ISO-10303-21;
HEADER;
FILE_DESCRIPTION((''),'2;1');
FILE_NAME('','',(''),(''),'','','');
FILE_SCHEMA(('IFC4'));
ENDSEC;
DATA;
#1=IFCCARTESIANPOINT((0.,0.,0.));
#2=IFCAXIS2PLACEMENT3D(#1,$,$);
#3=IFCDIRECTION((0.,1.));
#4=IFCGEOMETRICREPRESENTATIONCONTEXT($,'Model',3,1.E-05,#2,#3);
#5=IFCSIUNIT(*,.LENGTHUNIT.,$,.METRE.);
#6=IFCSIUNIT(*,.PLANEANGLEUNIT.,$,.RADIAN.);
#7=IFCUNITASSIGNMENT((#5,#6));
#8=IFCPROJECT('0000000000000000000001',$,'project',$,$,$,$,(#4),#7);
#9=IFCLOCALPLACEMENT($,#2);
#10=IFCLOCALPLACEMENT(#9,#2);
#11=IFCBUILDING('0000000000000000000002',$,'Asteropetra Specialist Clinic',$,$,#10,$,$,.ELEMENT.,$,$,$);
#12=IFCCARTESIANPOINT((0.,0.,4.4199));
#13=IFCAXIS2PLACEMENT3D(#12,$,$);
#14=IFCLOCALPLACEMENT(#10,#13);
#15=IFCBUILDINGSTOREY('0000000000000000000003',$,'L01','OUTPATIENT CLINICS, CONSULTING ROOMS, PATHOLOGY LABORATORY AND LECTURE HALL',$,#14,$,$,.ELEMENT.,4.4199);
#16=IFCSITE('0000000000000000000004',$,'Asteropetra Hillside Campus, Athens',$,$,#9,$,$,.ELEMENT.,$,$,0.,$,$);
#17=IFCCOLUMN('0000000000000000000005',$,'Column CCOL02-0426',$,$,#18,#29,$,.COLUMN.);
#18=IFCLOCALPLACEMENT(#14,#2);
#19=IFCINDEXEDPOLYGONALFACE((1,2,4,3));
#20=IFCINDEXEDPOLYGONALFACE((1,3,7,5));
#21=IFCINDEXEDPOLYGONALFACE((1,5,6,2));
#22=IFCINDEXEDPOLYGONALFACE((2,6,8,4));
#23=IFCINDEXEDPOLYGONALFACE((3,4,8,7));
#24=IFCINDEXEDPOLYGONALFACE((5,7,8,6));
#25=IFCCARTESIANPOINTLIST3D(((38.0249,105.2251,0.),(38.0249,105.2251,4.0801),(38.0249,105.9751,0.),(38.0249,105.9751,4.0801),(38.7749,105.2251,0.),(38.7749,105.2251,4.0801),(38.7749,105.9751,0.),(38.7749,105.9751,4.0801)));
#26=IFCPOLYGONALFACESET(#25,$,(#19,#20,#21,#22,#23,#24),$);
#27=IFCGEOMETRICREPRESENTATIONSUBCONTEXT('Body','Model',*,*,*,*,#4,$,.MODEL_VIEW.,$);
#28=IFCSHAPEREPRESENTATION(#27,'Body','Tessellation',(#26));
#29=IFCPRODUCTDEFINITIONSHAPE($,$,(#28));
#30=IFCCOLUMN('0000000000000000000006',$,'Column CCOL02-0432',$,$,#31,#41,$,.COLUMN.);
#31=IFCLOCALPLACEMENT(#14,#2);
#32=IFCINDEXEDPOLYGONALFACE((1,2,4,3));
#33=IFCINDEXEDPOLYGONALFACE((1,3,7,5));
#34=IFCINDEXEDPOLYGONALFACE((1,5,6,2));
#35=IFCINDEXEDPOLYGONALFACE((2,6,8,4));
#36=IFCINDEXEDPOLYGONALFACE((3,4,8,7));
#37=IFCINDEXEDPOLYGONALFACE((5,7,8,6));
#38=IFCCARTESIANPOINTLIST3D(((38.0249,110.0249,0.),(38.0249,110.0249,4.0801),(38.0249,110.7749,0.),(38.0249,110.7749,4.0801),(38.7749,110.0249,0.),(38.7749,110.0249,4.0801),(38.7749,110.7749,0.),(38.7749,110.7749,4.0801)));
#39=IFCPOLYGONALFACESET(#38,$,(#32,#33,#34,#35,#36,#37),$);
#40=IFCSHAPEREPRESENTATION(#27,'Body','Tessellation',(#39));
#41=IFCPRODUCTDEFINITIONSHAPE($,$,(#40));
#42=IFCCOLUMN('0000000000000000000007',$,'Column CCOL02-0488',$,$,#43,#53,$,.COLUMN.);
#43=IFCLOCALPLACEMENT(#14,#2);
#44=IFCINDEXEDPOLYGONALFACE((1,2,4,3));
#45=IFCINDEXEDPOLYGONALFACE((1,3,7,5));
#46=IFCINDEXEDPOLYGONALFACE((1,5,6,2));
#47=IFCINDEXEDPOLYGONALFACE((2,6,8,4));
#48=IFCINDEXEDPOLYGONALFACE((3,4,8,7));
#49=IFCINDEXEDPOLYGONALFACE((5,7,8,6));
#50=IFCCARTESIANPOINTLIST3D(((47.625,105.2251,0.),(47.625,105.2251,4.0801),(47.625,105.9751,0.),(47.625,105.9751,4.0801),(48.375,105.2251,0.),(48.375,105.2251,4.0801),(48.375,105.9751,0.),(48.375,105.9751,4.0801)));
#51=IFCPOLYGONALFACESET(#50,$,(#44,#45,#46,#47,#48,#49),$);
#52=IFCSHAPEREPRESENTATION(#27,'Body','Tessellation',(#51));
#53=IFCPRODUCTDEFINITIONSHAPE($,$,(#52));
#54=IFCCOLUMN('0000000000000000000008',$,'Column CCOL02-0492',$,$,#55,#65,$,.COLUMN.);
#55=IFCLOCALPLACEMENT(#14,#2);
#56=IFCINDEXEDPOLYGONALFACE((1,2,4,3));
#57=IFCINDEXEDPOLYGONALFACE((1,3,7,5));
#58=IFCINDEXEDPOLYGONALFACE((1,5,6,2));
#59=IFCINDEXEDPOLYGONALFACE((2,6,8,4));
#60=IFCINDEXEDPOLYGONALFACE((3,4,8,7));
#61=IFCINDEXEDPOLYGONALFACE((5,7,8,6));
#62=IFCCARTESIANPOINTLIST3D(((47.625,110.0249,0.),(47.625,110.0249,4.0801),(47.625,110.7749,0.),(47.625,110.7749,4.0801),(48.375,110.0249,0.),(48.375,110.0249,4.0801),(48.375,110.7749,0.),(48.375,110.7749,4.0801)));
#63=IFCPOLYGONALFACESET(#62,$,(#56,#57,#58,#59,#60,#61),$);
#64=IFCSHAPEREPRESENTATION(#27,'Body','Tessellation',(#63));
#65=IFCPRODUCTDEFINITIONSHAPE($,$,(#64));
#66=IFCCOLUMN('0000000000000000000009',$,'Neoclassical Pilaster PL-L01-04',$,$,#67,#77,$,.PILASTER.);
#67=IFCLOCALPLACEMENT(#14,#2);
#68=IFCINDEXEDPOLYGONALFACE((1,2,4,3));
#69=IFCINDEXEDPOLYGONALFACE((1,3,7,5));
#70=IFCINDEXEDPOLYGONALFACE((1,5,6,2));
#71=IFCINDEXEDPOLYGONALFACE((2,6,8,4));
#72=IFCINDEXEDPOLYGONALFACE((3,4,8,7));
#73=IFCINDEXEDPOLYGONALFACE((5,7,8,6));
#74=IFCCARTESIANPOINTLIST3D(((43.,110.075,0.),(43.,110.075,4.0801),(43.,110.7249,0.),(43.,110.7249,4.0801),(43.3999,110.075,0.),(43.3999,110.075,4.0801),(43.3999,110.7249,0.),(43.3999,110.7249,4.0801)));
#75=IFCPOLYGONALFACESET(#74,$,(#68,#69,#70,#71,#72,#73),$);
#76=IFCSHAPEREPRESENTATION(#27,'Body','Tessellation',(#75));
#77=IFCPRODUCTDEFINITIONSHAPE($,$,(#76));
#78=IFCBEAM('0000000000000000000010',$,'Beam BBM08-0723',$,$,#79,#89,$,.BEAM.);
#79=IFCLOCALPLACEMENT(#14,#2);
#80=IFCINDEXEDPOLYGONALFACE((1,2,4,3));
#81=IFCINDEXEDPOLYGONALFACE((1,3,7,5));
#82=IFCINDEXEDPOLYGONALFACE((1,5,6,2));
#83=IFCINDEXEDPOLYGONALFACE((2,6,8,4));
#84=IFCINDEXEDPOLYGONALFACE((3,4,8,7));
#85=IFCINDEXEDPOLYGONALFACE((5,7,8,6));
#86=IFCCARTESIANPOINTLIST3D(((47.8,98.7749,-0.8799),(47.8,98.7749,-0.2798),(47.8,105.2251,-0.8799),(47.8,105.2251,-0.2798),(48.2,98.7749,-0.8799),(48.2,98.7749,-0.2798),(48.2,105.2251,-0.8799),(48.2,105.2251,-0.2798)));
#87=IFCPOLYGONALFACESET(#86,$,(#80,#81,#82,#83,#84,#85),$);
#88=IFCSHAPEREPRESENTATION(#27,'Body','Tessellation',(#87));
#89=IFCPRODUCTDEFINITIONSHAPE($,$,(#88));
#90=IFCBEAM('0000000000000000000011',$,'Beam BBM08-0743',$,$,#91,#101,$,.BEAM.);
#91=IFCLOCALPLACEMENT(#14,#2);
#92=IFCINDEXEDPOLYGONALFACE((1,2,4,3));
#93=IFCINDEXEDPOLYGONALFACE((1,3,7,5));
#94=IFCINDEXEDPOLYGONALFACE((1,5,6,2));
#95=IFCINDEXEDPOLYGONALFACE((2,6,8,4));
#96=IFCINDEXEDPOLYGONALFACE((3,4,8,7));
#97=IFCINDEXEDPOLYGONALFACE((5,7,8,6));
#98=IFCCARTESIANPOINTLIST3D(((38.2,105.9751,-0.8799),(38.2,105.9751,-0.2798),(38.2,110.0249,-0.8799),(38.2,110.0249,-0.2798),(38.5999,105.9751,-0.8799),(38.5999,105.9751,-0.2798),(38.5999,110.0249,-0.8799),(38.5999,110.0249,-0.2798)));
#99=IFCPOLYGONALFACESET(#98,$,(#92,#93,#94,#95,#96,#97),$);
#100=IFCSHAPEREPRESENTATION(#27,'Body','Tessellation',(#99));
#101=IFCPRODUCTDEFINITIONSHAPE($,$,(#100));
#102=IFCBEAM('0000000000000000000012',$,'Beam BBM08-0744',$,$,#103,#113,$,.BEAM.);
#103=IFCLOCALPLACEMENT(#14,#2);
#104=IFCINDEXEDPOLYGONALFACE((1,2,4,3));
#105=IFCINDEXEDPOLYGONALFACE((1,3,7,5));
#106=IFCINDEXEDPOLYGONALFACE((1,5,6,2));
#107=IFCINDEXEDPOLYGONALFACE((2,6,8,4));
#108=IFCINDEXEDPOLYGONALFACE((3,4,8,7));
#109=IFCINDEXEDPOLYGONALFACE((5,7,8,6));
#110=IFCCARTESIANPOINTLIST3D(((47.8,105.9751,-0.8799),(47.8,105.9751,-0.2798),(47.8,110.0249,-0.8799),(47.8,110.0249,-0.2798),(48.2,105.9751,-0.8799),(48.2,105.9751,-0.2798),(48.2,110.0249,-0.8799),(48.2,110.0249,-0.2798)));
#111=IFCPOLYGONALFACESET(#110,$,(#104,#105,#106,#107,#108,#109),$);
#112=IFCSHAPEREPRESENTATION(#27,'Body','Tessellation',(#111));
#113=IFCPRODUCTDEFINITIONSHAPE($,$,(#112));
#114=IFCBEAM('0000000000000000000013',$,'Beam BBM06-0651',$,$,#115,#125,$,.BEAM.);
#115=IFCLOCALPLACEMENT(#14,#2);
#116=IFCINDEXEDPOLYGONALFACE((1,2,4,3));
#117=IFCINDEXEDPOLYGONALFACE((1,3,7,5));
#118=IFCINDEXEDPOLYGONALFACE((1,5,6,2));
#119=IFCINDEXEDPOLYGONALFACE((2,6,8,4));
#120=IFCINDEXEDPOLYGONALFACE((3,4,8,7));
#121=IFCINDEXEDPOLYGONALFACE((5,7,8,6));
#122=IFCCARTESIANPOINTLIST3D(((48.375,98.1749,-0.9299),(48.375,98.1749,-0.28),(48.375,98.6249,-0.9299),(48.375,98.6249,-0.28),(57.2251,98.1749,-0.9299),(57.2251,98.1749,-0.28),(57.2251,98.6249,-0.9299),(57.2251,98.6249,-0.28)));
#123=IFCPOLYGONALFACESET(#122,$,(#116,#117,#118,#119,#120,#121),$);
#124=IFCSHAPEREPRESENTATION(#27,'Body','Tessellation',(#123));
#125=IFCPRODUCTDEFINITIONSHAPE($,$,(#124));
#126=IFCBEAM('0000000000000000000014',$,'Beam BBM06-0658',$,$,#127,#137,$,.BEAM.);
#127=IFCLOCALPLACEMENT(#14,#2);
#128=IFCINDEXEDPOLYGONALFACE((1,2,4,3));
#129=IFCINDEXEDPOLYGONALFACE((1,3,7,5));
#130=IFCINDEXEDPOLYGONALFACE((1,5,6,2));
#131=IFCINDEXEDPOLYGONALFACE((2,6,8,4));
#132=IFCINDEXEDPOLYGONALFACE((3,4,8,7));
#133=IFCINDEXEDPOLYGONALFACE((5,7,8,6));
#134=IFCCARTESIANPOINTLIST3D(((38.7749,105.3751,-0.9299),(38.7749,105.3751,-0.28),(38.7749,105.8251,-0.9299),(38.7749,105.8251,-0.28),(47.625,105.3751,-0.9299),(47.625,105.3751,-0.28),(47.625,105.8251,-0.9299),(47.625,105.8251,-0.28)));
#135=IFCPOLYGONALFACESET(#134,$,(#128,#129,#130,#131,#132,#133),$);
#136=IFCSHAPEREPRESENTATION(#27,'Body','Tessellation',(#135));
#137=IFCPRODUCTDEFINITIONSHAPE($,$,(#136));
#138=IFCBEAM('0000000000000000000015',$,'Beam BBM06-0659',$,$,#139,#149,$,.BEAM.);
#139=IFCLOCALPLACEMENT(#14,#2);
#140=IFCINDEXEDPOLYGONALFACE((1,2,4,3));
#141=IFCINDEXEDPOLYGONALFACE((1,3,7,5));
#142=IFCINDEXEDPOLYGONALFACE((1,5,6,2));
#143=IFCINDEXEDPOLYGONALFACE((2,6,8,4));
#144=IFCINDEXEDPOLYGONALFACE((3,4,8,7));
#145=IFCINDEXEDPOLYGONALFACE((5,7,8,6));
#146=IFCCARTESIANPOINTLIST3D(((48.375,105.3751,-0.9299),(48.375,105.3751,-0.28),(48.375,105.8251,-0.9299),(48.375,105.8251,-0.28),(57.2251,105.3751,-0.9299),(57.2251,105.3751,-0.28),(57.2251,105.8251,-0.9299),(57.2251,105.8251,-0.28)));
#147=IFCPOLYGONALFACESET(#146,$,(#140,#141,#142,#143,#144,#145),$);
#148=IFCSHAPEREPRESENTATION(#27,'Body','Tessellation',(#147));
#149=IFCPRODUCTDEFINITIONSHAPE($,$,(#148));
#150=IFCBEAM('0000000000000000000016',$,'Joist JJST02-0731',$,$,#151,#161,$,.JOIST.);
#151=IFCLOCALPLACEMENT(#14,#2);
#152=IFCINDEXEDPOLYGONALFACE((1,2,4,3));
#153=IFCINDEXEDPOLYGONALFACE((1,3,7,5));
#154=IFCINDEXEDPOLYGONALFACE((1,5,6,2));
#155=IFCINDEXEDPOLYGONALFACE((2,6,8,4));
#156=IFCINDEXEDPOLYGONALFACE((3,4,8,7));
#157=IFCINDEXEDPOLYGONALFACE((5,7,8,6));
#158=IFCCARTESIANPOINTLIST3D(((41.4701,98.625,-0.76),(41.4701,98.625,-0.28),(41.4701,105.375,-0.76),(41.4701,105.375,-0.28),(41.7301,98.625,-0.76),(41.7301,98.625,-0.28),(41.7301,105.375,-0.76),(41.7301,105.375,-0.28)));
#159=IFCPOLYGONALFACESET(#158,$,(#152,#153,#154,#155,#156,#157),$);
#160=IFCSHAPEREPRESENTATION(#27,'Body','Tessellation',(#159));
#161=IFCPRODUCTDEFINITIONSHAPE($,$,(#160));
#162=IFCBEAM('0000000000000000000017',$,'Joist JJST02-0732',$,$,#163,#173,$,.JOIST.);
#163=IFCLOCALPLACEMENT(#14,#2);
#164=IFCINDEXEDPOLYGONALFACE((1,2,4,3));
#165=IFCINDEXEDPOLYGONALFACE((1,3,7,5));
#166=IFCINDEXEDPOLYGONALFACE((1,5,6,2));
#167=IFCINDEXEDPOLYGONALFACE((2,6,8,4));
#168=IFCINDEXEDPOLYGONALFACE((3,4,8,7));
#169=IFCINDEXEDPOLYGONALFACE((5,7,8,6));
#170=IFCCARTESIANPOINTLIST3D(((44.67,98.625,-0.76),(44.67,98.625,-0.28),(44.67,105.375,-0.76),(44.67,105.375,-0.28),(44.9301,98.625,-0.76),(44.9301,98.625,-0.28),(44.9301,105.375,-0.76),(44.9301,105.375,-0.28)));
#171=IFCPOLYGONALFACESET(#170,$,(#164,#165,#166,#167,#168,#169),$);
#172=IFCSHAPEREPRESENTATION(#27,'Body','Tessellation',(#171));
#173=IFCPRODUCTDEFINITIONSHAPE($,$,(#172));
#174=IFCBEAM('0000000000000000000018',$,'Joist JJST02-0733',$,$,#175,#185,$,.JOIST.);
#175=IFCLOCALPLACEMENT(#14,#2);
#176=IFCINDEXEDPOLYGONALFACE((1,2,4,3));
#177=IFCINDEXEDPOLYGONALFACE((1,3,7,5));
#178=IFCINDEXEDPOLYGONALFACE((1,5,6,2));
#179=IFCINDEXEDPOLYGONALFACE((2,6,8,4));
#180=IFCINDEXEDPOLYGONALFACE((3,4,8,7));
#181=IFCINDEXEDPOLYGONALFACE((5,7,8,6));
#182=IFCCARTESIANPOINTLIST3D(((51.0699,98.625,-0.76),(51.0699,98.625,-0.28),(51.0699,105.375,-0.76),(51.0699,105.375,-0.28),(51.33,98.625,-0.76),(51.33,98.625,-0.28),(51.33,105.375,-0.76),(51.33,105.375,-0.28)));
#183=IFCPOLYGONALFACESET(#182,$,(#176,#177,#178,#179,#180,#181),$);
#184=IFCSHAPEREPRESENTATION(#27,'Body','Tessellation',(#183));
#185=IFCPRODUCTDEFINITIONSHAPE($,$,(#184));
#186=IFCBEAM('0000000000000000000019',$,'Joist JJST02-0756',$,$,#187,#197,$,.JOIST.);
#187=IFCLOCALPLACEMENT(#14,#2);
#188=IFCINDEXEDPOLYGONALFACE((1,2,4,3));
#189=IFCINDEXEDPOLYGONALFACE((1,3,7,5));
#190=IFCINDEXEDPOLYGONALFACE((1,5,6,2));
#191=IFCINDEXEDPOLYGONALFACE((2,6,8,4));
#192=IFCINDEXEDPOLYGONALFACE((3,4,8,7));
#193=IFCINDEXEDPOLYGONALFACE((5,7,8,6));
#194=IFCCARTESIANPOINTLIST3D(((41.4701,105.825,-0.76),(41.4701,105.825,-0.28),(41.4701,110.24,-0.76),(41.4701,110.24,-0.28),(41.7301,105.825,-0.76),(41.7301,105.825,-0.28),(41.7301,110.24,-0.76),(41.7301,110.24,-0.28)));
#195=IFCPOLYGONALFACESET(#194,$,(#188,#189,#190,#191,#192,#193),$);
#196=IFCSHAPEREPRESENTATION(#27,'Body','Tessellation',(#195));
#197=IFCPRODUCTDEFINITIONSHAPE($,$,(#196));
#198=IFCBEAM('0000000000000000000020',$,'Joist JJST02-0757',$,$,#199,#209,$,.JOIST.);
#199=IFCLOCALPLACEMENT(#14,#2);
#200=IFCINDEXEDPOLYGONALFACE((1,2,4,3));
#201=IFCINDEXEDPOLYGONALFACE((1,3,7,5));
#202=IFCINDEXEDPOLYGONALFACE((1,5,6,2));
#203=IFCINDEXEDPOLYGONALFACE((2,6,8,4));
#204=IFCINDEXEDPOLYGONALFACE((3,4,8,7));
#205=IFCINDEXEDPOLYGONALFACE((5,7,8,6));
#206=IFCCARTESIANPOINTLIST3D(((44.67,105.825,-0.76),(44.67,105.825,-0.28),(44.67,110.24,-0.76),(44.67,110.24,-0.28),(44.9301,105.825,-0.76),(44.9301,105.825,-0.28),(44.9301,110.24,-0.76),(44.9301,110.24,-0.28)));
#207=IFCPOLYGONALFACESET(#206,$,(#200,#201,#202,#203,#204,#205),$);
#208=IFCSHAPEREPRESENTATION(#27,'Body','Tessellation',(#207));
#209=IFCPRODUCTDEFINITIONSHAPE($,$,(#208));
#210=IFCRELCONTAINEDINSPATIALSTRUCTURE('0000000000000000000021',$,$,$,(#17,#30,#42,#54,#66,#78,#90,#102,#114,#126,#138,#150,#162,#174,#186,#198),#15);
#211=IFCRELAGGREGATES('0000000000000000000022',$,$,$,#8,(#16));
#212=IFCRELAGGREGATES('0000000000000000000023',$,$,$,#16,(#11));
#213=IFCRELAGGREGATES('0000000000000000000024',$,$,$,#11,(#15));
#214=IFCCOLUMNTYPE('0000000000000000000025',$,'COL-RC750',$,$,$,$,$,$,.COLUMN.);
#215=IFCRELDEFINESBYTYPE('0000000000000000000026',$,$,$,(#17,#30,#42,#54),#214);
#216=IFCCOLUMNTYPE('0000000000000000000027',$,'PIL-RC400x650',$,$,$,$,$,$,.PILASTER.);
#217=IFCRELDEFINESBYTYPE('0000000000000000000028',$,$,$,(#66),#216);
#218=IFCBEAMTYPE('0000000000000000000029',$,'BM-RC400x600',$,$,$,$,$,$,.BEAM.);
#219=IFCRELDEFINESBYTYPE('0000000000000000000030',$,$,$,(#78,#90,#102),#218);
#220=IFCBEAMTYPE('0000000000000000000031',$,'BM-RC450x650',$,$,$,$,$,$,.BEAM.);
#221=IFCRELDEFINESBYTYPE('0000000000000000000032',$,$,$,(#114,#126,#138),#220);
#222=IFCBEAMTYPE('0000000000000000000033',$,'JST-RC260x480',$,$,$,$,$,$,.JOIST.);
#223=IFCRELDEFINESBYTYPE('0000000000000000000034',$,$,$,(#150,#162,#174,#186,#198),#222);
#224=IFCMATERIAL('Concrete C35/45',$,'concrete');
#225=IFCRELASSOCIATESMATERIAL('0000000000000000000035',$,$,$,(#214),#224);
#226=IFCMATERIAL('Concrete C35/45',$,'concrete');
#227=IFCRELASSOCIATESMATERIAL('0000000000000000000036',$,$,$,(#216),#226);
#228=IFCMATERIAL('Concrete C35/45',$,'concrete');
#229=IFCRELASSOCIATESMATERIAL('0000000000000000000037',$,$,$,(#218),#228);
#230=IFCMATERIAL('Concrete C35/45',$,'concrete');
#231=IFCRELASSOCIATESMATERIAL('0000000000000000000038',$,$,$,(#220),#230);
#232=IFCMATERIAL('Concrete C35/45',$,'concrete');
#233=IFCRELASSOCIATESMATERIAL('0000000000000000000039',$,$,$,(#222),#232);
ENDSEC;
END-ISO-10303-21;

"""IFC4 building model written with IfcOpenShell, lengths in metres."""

from ifc_helpers import new_model, si_unit, direction, frame, origin, origin_2d, place, context, subcontext, project, spatial, rectangle, extrude, material, material_profile, profile_set, type_object, element, save


model = new_model("IFC4")

# Units and contexts
model_context = context("Model", 3, precision=1e-05, world=origin(), true_north=direction((0.0, 1.0)))
body_context = subcontext(model_context, "Body", "Model", "MODEL_VIEW")
ifc_project = project(units=[si_unit("LENGTHUNIT", "METRE"), si_unit("PLANEANGLEUNIT", "RADIAN")], contexts=[model_context])

# Site, building, storey
site_placement = place(None, origin())
site = spatial("IfcSite", under=ifc_project, at=site_placement, Name="Asteropetra Hillside Campus, Athens", CompositionType="ELEMENT", RefElevation=0.0)
building_placement = place(site_placement, origin())
building = spatial("IfcBuilding", under=site, at=building_placement, Name="Asteropetra Specialist Clinic", CompositionType="ELEMENT")
storey_placement = place(building_placement, frame((0.0, 0.0, 4.4199)))
storey = spatial("IfcBuildingStorey", under=building, at=storey_placement, Name="L01", Description="OUTPATIENT CLINICS, CONSULTING ROOMS, PATHOLOGY LABORATORY AND LECTURE HALL", CompositionType="ELEMENT", Elevation=4.4199)

# Columns
ifc_material_1 = material(Name="Concrete C35/45", Category="concrete")
ifc_material_profile_1 = material_profile(ifc_material_1, rectangle(XDim=0.75, YDim=0.75, at=origin_2d()), Name="RC 750x750")
ifc_profile_set_1 = profile_set([ifc_material_profile_1], Name="Concrete C35/45")
column_type_1 = type_object("IfcColumnType", Name="COL-RC750", PredefinedType="COLUMN", material=ifc_profile_set_1)
for number, where, z_axis, x_axis, name in (
    (1, (38.3999, 105.6001, 0.0), (0.0, 0.0, 1.0), (1.0, 0.0, 0.0), "Column CCOL02-0426"),
    (2, (38.3999, 110.3999, 0.0), (0.0, 0.0, 1.0), (1.0, 0.0, 0.0), "Column CCOL02-0432"),
    (3, (48.0, 105.6001, 0.0), (0.0, 0.0, 1.0), (1.0, 0.0, 0.0), "Column CCOL02-0488"),
    (4, (48.0, 110.3999, 0.0), (0.0, 0.0, 1.0), (1.0, 0.0, 0.0), "Column CCOL02-0492"),
):
    element("IfcColumn", number, at=place(storey_placement, frame(where, z_axis=z_axis, x_axis=x_axis)), inside=storey, type_object=column_type_1, Name=name, PredefinedType="COLUMN", context=body_context, shape_type="SweptSolid", body=[
        extrude(rectangle(XDim=0.75, YDim=0.75, at=origin_2d()), origin(), (0.0, 0.0, 1.0), 4.0801),
    ])
ifc_material_2 = material(Name="Concrete C35/45", Category="concrete")
ifc_material_profile_2 = material_profile(ifc_material_2, rectangle(XDim=0.3999, YDim=0.6499, at=origin_2d()), Name="PIL 400x650")
ifc_profile_set_2 = profile_set([ifc_material_profile_2], Name="Concrete C35/45")
column_type_2 = type_object("IfcColumnType", Name="PIL-RC400x650", PredefinedType="PILASTER", material=ifc_profile_set_2)
column_placement = place(storey_placement, frame((43.2, 110.3999, 0.0), z_axis=(0.0, 0.0, 1.0), x_axis=(1.0, 0.0, 0.0)))
element("IfcColumn", 5, at=column_placement, inside=storey, type_object=column_type_2, Name="Neoclassical Pilaster PL-L01-04", PredefinedType="PILASTER", context=body_context, shape_type="SweptSolid", body=[
    extrude(rectangle(XDim=0.3999, YDim=0.6499, at=origin_2d()), origin(), (0.0, 0.0, 1.0), 4.0801),
])

# Beams
ifc_material_3 = material(Name="Concrete C35/45", Category="concrete")
ifc_material_profile_3 = material_profile(ifc_material_3, rectangle(XDim=0.3999, YDim=0.6001, at=origin_2d()), Name="RCB 400x600")
ifc_profile_set_3 = profile_set([ifc_material_profile_3], Name="Concrete C35/45")
beam_type_1 = type_object("IfcBeamType", Name="BM-RC400x600", PredefinedType="BEAM", material=ifc_profile_set_3)
beam_placement = place(storey_placement, frame((48.0, 98.7749, -0.5798), z_axis=(0.0, 1.0, 0.0), x_axis=(-1.0, 0.0, 0.0)))
element("IfcBeam", 6, at=beam_placement, inside=storey, type_object=beam_type_1, Name="Beam BBM08-0723", PredefinedType="BEAM", context=body_context, shape_type="SweptSolid", body=[
    extrude(rectangle(XDim=0.3999, YDim=0.6001, at=origin_2d()), origin(), (0.0, 0.0, 1.0), 6.4502),
])
for number, where, z_axis, x_axis, name in (
    (7, (38.3999, 105.9751, -0.5798), (0.0, 1.0, 0.0), (-1.0, 0.0, 0.0), "Beam BBM08-0743"),
    (8, (48.0, 105.9751, -0.5798), (0.0, 1.0, 0.0), (-1.0, 0.0, 0.0), "Beam BBM08-0744"),
):
    element("IfcBeam", number, at=place(storey_placement, frame(where, z_axis=z_axis, x_axis=x_axis)), inside=storey, type_object=beam_type_1, Name=name, PredefinedType="BEAM", context=body_context, shape_type="SweptSolid", body=[
        extrude(rectangle(XDim=0.3999, YDim=0.6001, at=origin_2d()), origin(), (0.0, 0.0, 1.0), 4.0498),
    ])
ifc_material_4 = material(Name="Concrete C35/45", Category="concrete")
ifc_material_profile_4 = material_profile(ifc_material_4, rectangle(XDim=0.45, YDim=0.6499, at=origin_2d()), Name="RCB 450x650")
ifc_profile_set_4 = profile_set([ifc_material_profile_4], Name="Concrete C35/45")
beam_type_2 = type_object("IfcBeamType", Name="BM-RC450x650", PredefinedType="BEAM", material=ifc_profile_set_4)
for number, where, z_axis, x_axis, name in (
    (9, (48.375, 98.3999, -0.605), (1.0, 0.0, 0.0), (0.0, 1.0, 0.0), "Beam BBM06-0651"),
    (10, (38.7749, 105.6001, -0.605), (1.0, 0.0, 0.0), (0.0, 1.0, 0.0), "Beam BBM06-0658"),
    (11, (48.375, 105.6001, -0.605), (1.0, 0.0, 0.0), (0.0, 1.0, 0.0), "Beam BBM06-0659"),
):
    element("IfcBeam", number, at=place(storey_placement, frame(where, z_axis=z_axis, x_axis=x_axis)), inside=storey, type_object=beam_type_2, Name=name, PredefinedType="BEAM", context=body_context, shape_type="SweptSolid", body=[
        extrude(rectangle(XDim=0.45, YDim=0.6499, at=origin_2d()), origin(), (0.0, 0.0, 1.0), 8.8501),
    ])
ifc_material_5 = material(Name="Concrete C35/45", Category="concrete")
ifc_material_profile_5 = material_profile(ifc_material_5, rectangle(XDim=0.26, YDim=0.48, at=origin_2d()), Name="RCJ 260x480")
ifc_profile_set_5 = profile_set([ifc_material_profile_5], Name="Concrete C35/45")
beam_type_3 = type_object("IfcBeamType", Name="JST-RC260x480", PredefinedType="JOIST", material=ifc_profile_set_5)
for number, where, z_axis, x_axis, name in (
    (12, (41.6001, 98.625, -0.52), (0.0, 1.0, 0.0), (-1.0, 0.0, 0.0), "Joist JJST02-0731"),
    (13, (44.8, 98.625, -0.52), (0.0, 1.0, 0.0), (-1.0, 0.0, 0.0), "Joist JJST02-0732"),
    (14, (51.2, 98.625, -0.52), (0.0, 1.0, 0.0), (-1.0, 0.0, 0.0), "Joist JJST02-0733"),
):
    element("IfcBeam", number, at=place(storey_placement, frame(where, z_axis=z_axis, x_axis=x_axis)), inside=storey, type_object=beam_type_3, Name=name, PredefinedType="JOIST", context=body_context, shape_type="SweptSolid", body=[
        extrude(rectangle(XDim=0.26, YDim=0.48, at=origin_2d()), origin(), (0.0, 0.0, 1.0), 6.75),
    ])
for number, where, z_axis, x_axis, name in (
    (15, (41.6001, 105.825, -0.52), (0.0, 1.0, 0.0), (-1.0, 0.0, 0.0), "Joist JJST02-0756"),
    (16, (44.8, 105.825, -0.52), (0.0, 1.0, 0.0), (-1.0, 0.0, 0.0), "Joist JJST02-0757"),
):
    element("IfcBeam", number, at=place(storey_placement, frame(where, z_axis=z_axis, x_axis=x_axis)), inside=storey, type_object=beam_type_3, Name=name, PredefinedType="JOIST", context=body_context, shape_type="SweptSolid", body=[
        extrude(rectangle(XDim=0.26, YDim=0.48, at=origin_2d()), origin(), (0.0, 0.0, 1.0), 4.415),
    ])

save(model, "model.ifc")
